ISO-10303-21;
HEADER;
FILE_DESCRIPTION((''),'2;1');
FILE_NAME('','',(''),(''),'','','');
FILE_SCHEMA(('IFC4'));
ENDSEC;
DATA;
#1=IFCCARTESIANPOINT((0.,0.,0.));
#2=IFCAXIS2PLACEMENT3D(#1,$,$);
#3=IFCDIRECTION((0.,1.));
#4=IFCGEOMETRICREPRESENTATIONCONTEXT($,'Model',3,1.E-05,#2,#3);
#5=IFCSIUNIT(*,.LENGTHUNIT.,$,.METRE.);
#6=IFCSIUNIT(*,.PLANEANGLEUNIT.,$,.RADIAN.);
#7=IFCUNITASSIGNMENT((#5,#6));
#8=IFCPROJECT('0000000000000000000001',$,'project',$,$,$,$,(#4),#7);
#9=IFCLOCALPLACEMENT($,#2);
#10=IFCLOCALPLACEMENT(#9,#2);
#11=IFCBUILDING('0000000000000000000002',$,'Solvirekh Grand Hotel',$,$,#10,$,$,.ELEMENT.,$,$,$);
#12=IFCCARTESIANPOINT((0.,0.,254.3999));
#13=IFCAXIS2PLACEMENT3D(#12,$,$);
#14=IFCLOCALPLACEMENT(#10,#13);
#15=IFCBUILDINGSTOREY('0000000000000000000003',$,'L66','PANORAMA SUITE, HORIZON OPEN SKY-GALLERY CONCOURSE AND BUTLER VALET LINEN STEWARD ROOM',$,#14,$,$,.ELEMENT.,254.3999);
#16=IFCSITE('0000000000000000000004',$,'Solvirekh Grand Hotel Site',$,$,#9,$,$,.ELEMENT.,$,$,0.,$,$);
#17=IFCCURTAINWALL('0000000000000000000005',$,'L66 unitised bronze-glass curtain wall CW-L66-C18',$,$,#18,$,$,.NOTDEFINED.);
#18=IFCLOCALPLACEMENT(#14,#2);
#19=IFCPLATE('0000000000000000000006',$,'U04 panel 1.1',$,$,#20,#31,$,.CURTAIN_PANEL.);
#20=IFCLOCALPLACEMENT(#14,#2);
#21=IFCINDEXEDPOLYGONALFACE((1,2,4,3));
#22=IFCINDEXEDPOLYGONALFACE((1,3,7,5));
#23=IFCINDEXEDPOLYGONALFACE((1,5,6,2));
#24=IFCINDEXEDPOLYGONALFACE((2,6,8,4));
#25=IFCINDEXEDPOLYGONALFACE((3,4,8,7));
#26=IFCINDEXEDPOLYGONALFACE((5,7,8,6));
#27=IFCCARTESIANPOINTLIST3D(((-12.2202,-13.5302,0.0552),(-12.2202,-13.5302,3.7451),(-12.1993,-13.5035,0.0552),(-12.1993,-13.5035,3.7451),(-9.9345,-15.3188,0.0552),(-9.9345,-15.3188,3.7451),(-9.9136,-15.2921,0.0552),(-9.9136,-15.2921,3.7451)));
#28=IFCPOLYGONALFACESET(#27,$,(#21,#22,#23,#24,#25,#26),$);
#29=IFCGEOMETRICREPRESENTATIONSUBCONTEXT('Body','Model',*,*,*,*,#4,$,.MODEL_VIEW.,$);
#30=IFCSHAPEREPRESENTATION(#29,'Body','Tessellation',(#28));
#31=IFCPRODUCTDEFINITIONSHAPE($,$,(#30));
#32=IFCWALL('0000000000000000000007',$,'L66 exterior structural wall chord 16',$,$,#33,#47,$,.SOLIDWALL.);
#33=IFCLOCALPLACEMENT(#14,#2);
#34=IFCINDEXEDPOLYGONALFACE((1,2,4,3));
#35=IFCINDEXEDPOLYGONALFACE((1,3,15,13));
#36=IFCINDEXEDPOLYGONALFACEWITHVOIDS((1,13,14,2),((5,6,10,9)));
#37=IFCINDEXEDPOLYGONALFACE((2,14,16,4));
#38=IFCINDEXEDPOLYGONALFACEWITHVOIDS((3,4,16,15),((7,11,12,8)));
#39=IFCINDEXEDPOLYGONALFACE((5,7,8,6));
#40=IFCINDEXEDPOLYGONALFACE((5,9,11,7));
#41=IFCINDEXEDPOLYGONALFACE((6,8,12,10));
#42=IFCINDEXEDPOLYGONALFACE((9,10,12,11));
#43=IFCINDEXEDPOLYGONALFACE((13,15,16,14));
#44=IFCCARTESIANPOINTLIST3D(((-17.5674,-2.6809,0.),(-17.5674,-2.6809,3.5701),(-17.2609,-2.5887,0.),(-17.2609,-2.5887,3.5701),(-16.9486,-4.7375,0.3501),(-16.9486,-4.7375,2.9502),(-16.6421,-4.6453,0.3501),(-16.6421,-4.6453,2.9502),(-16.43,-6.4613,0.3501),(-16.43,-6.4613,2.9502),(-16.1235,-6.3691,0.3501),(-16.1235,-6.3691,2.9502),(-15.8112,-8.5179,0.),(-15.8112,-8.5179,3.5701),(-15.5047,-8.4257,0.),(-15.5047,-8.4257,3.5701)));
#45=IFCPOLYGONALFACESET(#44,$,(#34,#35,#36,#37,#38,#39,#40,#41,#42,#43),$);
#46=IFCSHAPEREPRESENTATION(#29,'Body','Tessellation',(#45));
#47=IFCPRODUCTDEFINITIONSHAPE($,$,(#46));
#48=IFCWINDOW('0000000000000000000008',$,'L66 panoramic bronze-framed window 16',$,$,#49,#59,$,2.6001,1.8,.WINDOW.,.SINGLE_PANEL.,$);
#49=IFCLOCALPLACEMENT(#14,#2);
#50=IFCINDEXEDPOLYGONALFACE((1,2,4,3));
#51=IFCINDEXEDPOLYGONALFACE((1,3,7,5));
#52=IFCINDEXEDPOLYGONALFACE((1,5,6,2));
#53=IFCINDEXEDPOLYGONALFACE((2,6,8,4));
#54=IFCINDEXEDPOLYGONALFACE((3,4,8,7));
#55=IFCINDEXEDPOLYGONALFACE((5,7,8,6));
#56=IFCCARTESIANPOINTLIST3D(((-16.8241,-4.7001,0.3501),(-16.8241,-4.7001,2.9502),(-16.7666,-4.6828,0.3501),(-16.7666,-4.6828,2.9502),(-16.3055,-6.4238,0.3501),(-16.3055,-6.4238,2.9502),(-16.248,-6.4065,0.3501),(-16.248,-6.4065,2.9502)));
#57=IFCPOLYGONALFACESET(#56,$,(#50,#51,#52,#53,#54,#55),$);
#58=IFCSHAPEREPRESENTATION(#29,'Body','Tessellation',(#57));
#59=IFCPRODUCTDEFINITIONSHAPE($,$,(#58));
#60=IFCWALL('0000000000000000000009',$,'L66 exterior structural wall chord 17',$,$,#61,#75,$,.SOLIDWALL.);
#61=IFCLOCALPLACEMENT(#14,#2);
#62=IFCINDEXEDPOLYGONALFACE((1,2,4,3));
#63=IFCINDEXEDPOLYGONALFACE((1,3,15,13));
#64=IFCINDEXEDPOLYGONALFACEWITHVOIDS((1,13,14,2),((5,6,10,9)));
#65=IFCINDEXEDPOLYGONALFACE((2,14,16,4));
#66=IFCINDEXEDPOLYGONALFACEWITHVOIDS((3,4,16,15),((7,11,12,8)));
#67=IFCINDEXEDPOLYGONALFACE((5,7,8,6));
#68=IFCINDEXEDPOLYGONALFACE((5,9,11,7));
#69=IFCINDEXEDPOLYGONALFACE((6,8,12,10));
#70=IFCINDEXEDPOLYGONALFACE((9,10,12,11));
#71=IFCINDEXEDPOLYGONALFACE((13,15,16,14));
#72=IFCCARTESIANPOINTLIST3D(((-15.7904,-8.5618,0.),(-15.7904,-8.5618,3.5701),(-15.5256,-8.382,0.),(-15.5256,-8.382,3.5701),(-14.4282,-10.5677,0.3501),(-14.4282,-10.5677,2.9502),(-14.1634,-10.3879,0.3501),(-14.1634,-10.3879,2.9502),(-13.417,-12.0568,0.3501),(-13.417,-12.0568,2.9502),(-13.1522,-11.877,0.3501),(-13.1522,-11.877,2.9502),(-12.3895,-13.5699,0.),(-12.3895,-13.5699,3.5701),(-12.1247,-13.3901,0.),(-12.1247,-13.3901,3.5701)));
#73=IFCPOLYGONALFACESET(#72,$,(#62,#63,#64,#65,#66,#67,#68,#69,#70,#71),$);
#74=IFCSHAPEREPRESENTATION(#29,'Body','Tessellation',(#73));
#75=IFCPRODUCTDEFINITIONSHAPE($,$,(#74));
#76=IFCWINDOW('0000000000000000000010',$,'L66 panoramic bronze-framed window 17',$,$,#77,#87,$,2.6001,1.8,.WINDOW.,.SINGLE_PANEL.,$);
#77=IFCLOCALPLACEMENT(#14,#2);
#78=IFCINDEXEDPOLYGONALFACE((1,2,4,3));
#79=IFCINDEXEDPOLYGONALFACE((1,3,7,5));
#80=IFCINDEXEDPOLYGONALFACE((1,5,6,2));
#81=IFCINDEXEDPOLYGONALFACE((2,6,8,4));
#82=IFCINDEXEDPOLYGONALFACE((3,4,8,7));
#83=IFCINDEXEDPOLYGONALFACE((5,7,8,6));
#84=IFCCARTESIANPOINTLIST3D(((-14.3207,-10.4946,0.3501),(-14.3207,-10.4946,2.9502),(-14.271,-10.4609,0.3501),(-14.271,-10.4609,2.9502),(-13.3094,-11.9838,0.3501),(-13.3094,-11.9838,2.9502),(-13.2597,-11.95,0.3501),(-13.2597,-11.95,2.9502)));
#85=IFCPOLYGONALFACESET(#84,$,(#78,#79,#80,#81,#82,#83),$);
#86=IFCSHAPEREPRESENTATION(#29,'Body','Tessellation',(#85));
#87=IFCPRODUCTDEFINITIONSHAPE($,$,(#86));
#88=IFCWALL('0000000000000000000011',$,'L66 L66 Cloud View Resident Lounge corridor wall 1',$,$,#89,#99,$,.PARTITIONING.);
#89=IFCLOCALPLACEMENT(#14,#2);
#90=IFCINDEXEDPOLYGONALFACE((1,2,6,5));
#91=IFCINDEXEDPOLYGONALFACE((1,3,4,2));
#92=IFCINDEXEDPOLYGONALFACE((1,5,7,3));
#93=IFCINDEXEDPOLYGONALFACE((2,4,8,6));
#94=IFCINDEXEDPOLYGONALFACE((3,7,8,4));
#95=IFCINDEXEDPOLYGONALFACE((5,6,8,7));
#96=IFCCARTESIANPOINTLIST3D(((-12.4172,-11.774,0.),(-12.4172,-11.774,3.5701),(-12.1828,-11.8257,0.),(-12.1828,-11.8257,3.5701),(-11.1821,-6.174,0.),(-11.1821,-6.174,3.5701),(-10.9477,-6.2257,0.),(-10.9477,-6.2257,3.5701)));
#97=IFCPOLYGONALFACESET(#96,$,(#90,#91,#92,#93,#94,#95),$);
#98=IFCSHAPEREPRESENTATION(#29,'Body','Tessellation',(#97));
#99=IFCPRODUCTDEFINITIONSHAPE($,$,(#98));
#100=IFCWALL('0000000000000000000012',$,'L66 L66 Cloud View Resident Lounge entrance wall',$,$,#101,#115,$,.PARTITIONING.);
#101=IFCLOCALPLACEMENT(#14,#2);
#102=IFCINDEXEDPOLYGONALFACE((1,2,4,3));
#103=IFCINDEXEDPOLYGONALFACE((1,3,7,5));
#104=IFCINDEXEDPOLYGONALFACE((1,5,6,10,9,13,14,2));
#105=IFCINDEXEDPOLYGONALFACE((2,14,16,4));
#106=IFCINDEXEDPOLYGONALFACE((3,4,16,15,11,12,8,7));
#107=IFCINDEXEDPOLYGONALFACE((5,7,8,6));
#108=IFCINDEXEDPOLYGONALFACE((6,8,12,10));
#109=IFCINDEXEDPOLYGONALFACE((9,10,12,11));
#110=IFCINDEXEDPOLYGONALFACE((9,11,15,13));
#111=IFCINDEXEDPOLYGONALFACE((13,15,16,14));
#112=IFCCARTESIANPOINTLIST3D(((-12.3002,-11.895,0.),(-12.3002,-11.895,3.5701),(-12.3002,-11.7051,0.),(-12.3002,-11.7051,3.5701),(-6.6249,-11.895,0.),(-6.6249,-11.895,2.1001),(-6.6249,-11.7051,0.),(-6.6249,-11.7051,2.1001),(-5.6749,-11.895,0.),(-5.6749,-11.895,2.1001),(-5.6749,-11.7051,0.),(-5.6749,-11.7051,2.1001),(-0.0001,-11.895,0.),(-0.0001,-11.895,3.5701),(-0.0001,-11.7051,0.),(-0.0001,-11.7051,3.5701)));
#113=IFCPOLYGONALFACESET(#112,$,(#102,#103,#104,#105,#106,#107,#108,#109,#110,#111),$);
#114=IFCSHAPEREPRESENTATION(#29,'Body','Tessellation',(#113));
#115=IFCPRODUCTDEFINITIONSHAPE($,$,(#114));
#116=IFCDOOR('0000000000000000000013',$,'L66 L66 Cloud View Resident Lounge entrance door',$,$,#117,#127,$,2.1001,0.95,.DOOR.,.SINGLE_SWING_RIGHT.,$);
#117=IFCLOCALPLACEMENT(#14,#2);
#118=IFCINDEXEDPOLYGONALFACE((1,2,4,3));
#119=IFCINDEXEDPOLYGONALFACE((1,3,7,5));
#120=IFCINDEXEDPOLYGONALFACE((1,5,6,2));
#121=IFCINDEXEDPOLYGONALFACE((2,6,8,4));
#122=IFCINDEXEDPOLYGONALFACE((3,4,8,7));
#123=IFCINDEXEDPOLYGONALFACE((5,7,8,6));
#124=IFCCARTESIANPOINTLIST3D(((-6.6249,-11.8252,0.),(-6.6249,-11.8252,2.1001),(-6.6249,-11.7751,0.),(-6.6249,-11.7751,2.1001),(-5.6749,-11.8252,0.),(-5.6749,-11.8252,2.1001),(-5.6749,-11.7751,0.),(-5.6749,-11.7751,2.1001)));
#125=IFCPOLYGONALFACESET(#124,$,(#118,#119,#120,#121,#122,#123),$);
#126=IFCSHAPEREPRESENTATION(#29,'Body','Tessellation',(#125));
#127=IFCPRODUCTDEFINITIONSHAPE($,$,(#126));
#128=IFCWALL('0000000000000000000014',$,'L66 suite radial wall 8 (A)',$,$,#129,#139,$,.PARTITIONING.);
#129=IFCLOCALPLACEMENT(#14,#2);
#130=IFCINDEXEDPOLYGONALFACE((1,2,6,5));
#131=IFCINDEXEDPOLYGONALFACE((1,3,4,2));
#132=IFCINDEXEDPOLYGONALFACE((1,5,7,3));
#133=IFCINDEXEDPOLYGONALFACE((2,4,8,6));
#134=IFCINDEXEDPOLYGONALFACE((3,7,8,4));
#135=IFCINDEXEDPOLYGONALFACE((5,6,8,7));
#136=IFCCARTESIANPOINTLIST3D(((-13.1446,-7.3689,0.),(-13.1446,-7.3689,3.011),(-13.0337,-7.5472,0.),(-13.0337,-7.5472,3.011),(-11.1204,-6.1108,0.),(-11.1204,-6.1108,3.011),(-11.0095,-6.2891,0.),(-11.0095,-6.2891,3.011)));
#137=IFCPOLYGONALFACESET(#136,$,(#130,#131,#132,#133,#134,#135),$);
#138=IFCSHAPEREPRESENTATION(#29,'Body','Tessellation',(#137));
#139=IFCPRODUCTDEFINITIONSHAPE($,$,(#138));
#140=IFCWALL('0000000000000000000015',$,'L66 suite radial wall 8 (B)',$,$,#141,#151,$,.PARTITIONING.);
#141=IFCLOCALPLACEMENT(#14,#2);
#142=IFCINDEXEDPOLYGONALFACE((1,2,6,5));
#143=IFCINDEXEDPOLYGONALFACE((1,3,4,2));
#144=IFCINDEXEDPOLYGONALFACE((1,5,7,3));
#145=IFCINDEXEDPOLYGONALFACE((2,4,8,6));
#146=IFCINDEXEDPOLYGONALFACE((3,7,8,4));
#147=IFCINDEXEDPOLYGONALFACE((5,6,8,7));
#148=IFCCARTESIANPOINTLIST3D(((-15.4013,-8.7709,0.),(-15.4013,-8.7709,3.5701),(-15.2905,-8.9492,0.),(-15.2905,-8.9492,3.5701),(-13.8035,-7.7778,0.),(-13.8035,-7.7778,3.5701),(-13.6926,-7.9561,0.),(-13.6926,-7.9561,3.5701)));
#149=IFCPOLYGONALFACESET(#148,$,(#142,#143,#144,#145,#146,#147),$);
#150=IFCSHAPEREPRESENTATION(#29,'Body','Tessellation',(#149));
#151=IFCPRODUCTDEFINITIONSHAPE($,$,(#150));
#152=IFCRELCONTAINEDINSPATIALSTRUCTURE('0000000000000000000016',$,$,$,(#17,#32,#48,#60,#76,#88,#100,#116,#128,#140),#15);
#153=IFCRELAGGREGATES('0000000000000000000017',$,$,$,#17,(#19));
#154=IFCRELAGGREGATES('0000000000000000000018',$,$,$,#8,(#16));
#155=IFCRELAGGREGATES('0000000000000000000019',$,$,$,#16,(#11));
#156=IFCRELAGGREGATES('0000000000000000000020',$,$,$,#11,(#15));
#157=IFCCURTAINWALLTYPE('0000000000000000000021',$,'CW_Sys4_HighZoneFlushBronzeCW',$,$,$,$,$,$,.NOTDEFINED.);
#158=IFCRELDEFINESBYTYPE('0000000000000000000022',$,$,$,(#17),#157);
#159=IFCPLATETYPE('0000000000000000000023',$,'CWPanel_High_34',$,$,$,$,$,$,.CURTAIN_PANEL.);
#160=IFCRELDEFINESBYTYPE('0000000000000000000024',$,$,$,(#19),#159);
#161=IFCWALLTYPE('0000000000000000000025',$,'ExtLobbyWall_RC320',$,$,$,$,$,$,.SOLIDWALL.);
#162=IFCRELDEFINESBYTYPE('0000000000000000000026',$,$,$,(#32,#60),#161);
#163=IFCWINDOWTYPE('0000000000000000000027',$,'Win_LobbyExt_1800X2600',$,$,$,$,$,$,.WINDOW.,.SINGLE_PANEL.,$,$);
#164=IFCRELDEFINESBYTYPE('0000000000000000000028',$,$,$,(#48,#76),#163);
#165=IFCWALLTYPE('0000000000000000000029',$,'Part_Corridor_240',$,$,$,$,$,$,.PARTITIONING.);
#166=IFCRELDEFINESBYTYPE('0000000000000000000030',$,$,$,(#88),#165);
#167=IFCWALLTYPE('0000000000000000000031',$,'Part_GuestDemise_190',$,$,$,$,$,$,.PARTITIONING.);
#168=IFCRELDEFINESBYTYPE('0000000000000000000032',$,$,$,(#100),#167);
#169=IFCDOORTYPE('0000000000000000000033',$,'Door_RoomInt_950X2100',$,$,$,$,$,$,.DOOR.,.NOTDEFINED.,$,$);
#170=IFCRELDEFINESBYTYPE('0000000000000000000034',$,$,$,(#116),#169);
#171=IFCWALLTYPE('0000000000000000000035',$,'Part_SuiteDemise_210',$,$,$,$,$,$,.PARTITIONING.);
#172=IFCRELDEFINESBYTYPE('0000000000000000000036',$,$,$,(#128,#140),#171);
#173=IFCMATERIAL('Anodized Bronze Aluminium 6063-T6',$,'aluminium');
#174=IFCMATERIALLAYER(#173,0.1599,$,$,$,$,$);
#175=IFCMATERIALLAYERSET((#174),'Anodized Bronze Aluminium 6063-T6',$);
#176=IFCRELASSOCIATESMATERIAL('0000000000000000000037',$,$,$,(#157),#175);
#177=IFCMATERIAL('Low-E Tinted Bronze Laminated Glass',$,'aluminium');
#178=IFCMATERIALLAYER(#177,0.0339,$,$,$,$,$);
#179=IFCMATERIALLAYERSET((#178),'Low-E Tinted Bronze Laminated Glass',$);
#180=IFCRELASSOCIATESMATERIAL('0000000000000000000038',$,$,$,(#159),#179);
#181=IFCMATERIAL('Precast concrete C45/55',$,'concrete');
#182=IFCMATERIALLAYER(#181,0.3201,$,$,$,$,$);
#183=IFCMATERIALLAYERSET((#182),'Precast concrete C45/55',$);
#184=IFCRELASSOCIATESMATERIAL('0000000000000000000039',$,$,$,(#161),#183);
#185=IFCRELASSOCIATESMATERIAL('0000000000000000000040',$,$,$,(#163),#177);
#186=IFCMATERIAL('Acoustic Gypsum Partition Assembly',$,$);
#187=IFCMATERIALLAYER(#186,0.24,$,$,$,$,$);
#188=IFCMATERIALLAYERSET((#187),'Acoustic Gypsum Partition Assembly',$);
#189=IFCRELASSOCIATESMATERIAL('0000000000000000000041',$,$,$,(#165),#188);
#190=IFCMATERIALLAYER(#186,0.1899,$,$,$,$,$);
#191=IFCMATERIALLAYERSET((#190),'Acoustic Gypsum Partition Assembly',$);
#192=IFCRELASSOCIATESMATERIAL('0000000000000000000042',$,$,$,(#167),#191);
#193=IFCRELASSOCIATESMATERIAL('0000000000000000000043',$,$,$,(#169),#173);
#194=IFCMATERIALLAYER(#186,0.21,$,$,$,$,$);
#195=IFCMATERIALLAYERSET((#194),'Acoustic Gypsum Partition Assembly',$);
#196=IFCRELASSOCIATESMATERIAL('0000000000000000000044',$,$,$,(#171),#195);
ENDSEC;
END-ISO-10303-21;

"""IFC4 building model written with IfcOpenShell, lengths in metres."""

from ifc_helpers import new_model, si_unit, direction, frame, frame_2d, origin, origin_2d, place, context, subcontext, project, spatial, rectangle, extrude, source, transform, mapped, material, layer, layer_set, type_object, element, fill, aggregate, save


model = new_model("IFC4")

# Units and contexts
model_context = context("Model", 3, precision=1e-05, world=origin(), true_north=direction((0.0, 1.0)))
body_context = subcontext(model_context, "Body", "Model", "MODEL_VIEW")
ifc_project = project(units=[si_unit("LENGTHUNIT", "METRE"), si_unit("PLANEANGLEUNIT", "RADIAN")], contexts=[model_context])

# Site, building, storey
site_placement = place(None, origin())
site = spatial("IfcSite", under=ifc_project, at=site_placement, Name="Solvirekh Grand Hotel Site", CompositionType="ELEMENT", RefElevation=0.0)
building_placement = place(site_placement, origin())
building = spatial("IfcBuilding", under=site, at=building_placement, Name="Solvirekh Grand Hotel", CompositionType="ELEMENT")
storey_placement = place(building_placement, frame((0.0, 0.0, 254.3999)))
storey = spatial("IfcBuildingStorey", under=building, at=storey_placement, Name="L66", Description="PANORAMA SUITE, HORIZON OPEN SKY-GALLERY CONCOURSE AND BUTLER VALET LINEN STEWARD ROOM", CompositionType="ELEMENT", Elevation=254.3999)

# Curtain wall, plate
ifc_material_1 = material(Name="Anodized Bronze Aluminium 6063-T6", Category="aluminium")
ifc_layer_1 = layer(ifc_material_1, 0.1599)
ifc_layer_set_1 = layer_set([ifc_layer_1], Name="Anodized Bronze Aluminium 6063-T6")
curtain_wall_type = type_object("IfcCurtainWallType", Name="CW_Sys4_HighZoneFlushBronzeCW", PredefinedType="NOTDEFINED", material=ifc_layer_set_1)
curtain_wall_placement = place(storey_placement, origin())
curtain_wall = element("IfcCurtainWall", 1, at=curtain_wall_placement, inside=storey, type_object=curtain_wall_type, Name="L66 unitised bronze-glass curtain wall CW-L66-C18", PredefinedType="NOTDEFINED")
ifc_material_2 = material(Name="Low-E Tinted Bronze Laminated Glass", Category="aluminium")
ifc_layer_2 = layer(ifc_material_2, 0.0339)
ifc_layer_set_2 = layer_set([ifc_layer_2], Name="Low-E Tinted Bronze Laminated Glass")
plate_type = type_object("IfcPlateType", Name="CWPanel_High_34", PredefinedType="CURTAIN_PANEL", material=ifc_layer_set_2)
shared_shape_1 = source(origin(), body_context, "Body", "SweptSolid", [
    extrude(rectangle(XDim=2.9023, YDim=0.0339, at=origin_2d()), origin(), (0.0, 0.0, 1.0), 3.6899),
])
plate_placement = place(storey_placement, frame((-11.0669, -14.4111, 0.0552), z_axis=(0.0, 0.0, 1.0), x_axis=(0.78754, -0.616263, 0.0)))
plate = element("IfcPlate", 2, at=plate_placement, type_object=plate_type, Name="U04 panel 1.1", PredefinedType="CURTAIN_PANEL", context=body_context, shape_type="MappedRepresentation", body=[
    mapped(shared_shape_1, transform((0.0, 0.0, 0.0), x_axis=(1.0, 0.0, 0.0), y_axis=(0.0, 1.0, 0.0), z_axis=(0.0, 0.0, 1.0), scale=1.0)),
])
aggregate(curtain_wall, [plate])

# Walls, openings, windows
ifc_material_3 = material(Name="Precast concrete C45/55", Category="concrete")
ifc_layer_3 = layer(ifc_material_3, 0.3201)
ifc_layer_set_3 = layer_set([ifc_layer_3], Name="Precast concrete C45/55")
wall_type_1 = type_object("IfcWallType", Name="ExtLobbyWall_RC320", PredefinedType="SOLIDWALL", material=ifc_layer_set_3)
wall_1_placement = place(storey_placement, frame((-15.658, -8.4719, 0.0), z_axis=(0.0, 0.0, 1.0), x_axis=(-0.288105, 0.957599, 0.0)))
wall_1 = element("IfcWall", 3, at=wall_1_placement, inside=storey, type_object=wall_type_1, Name="L66 exterior structural wall chord 16", PredefinedType="SOLIDWALL", context=body_context, shape_type="SweptSolid", body=[
    extrude(rectangle(XDim=6.0955, YDim=0.3201, at=frame_2d((3.0479, 0.0))), origin(), (0.0, 0.0, 1.0), 3.5701),
])
opening_1_placement = place(wall_1_placement, frame((2.1479, 0.0, 0.3501)))
opening_1 = element("IfcOpeningElement", 4, at=opening_1_placement, cuts=wall_1, PredefinedType="OPENING", context=body_context, shape_type="SweptSolid", body=[
    extrude(rectangle(XDim=1.8, YDim=2.6001, at=frame_2d((0.8999, 1.3))), frame((0.0, 0.1699, 0.0), z_axis=(0.0, -1.0, 0.0), x_axis=(1.0, 0.0, 0.0)), (0.0, 0.0, 1.0), 0.3401),
])
window_type = type_object("IfcWindowType", Name="Win_LobbyExt_1800X2600", PartitioningType="SINGLE_PANEL", PredefinedType="WINDOW", material=ifc_material_2)
window_1_placement = place(opening_1_placement, origin())
window_1 = element("IfcWindow", 5, at=window_1_placement, inside=storey, type_object=window_type, Name="L66 panoramic bronze-framed window 16", OverallHeight=2.6001, OverallWidth=1.8, PartitioningType="SINGLE_PANEL", PredefinedType="WINDOW", context=body_context, shape_type="SweptSolid", body=[
    extrude(rectangle(XDim=1.8, YDim=2.6001, at=frame_2d((0.8999, 1.3))), frame((0.0, 0.03, 0.0), z_axis=(0.0, -1.0, 0.0), x_axis=(1.0, 0.0, 0.0)), (0.0, 0.0, 1.0), 0.0601),
])
fill(opening_1, window_1)
wall_2_placement = place(storey_placement, frame((-12.2571, -13.48, 0.0), z_axis=(0.0, 0.0, 1.0), x_axis=(-0.56179, 0.82728, 0.0)))
wall_2 = element("IfcWall", 6, at=wall_2_placement, inside=storey, type_object=wall_type_1, Name="L66 exterior structural wall chord 17", PredefinedType="SOLIDWALL", context=body_context, shape_type="SweptSolid", body=[
    extrude(rectangle(XDim=6.0537, YDim=0.3201, at=frame_2d((3.0269, 0.0))), origin(), (0.0, 0.0, 1.0), 3.5701),
])
opening_2_placement = place(wall_2_placement, frame((1.8291, 0.0, 0.3501)))
opening_2 = element("IfcOpeningElement", 7, at=opening_2_placement, cuts=wall_2, PredefinedType="OPENING", context=body_context, shape_type="SweptSolid", body=[
    extrude(rectangle(XDim=1.8, YDim=2.6001, at=frame_2d((0.8999, 1.3))), frame((0.0, 0.1699, 0.0), z_axis=(0.0, -1.0, 0.0), x_axis=(1.0, 0.0, 0.0)), (0.0, 0.0, 1.0), 0.3401),
])
window_2_placement = place(opening_2_placement, origin())
window_2 = element("IfcWindow", 8, at=window_2_placement, inside=storey, type_object=window_type, Name="L66 panoramic bronze-framed window 17", OverallHeight=2.6001, OverallWidth=1.8, PartitioningType="SINGLE_PANEL", PredefinedType="WINDOW", context=body_context, shape_type="SweptSolid", body=[
    extrude(rectangle(XDim=1.8, YDim=2.6001, at=frame_2d((0.8999, 1.3))), frame((0.0, 0.03, 0.0), z_axis=(0.0, -1.0, 0.0), x_axis=(1.0, 0.0, 0.0)), (0.0, 0.0, 1.0), 0.0601),
])
fill(opening_2, window_2)

# Wall
ifc_material_4 = material(Name="Acoustic Gypsum Partition Assembly")
ifc_layer_4 = layer(ifc_material_4, 0.24)
ifc_layer_set_4 = layer_set([ifc_layer_4], Name="Acoustic Gypsum Partition Assembly")
wall_type_2 = type_object("IfcWallType", Name="Part_Corridor_240", PredefinedType="PARTITIONING", material=ifc_layer_set_4)
wall_3_placement = place(storey_placement, frame((-11.0649, -6.2, 0.0), z_axis=(0.0, 0.0, 1.0), x_axis=(-0.215375, -0.976531, 0.0)))
element("IfcWall", 9, at=wall_3_placement, inside=storey, type_object=wall_type_2, Name="L66 L66 Cloud View Resident Lounge corridor wall 1", PredefinedType="PARTITIONING", context=body_context, shape_type="SweptSolid", body=[
    extrude(rectangle(XDim=5.7346, YDim=0.24, at=frame_2d((2.8672, 0.0))), origin(), (0.0, 0.0, 1.0), 3.5701),
])

# Wall, opening, door
ifc_layer_5 = layer(ifc_material_4, 0.1899)
ifc_layer_set_5 = layer_set([ifc_layer_5], Name="Acoustic Gypsum Partition Assembly")
wall_type_3 = type_object("IfcWallType", Name="Part_GuestDemise_190", PredefinedType="PARTITIONING", material=ifc_layer_set_5)
wall_4_placement = place(storey_placement, frame((-12.3, -11.8, 0.0), z_axis=(0.0, 0.0, 1.0), x_axis=(1.0, 0.0, 0.0)))
wall_4 = element("IfcWall", 10, at=wall_4_placement, inside=storey, type_object=wall_type_3, Name="L66 L66 Cloud View Resident Lounge entrance wall", PredefinedType="PARTITIONING", context=body_context, shape_type="SweptSolid", body=[
    extrude(rectangle(XDim=12.3, YDim=0.1899, at=frame_2d((6.1499, 0.0))), origin(), (0.0, 0.0, 1.0), 3.5701),
])
opening_3_placement = place(wall_4_placement, frame((5.675, 0.0, 0.0)))
opening_3 = element("IfcOpeningElement", 11, at=opening_3_placement, cuts=wall_4, PredefinedType="OPENING", context=body_context, shape_type="SweptSolid", body=[
    extrude(rectangle(XDim=0.95, YDim=2.1001, at=frame_2d((0.4751, 1.05))), frame((0.0, 0.105, 0.0), z_axis=(0.0, -1.0, 0.0), x_axis=(1.0, 0.0, 0.0)), (0.0, 0.0, 1.0), 0.21),
])
door_type = type_object("IfcDoorType", Name="Door_RoomInt_950X2100", OperationType="NOTDEFINED", PredefinedType="DOOR", material=ifc_material_1)
door_placement = place(opening_3_placement, origin())
door = element("IfcDoor", 12, at=door_placement, inside=storey, type_object=door_type, Name="L66 L66 Cloud View Resident Lounge entrance door", OperationType="SINGLE_SWING_RIGHT", OverallHeight=2.1001, OverallWidth=0.95, PredefinedType="DOOR", context=body_context, shape_type="SweptSolid", body=[
    extrude(rectangle(XDim=0.95, YDim=2.1001, at=frame_2d((0.4751, 1.05))), frame((0.0, 0.0249, 0.0), z_axis=(0.0, -1.0, 0.0), x_axis=(1.0, 0.0, 0.0)), (0.0, 0.0, 1.0), 0.05),
])
fill(opening_3, door)

# Walls
ifc_layer_6 = layer(ifc_material_4, 0.21)
ifc_layer_set_6 = layer_set([ifc_layer_6], Name="Acoustic Gypsum Partition Assembly")
wall_type_4 = type_object("IfcWallType", Name="Part_SuiteDemise_210", PredefinedType="PARTITIONING", material=ifc_layer_set_6)
wall_5_placement = place(storey_placement, frame((-11.0649, -6.2, 0.0), z_axis=(0.0, 0.0, 1.0), x_axis=(-0.849325, -0.52787, 0.0)))
element("IfcWall", 13, at=wall_5_placement, inside=storey, type_object=wall_type_4, Name="L66 suite radial wall 8 (A)", PredefinedType="PARTITIONING", context=body_context, shape_type="SweptSolid", body=[
    extrude(rectangle(XDim=2.3833, YDim=0.21, at=frame_2d((1.1917, 0.0))), origin(), (0.0, 0.0, 1.0), 3.011),
])
wall_6_placement = place(storey_placement, frame((-13.748, -7.8669, 0.0), z_axis=(0.0, 0.0, 1.0), x_axis=(-0.849315, -0.527886, 0.0)))
element("IfcWall", 14, at=wall_6_placement, inside=storey, type_object=wall_type_4, Name="L66 suite radial wall 8 (B)", PredefinedType="PARTITIONING", context=body_context, shape_type="SweptSolid", body=[
    extrude(rectangle(XDim=1.8813, YDim=0.21, at=frame_2d((0.9407, 0.0))), origin(), (0.0, 0.0, 1.0), 3.5701),
])

save(model, "model.ifc")
